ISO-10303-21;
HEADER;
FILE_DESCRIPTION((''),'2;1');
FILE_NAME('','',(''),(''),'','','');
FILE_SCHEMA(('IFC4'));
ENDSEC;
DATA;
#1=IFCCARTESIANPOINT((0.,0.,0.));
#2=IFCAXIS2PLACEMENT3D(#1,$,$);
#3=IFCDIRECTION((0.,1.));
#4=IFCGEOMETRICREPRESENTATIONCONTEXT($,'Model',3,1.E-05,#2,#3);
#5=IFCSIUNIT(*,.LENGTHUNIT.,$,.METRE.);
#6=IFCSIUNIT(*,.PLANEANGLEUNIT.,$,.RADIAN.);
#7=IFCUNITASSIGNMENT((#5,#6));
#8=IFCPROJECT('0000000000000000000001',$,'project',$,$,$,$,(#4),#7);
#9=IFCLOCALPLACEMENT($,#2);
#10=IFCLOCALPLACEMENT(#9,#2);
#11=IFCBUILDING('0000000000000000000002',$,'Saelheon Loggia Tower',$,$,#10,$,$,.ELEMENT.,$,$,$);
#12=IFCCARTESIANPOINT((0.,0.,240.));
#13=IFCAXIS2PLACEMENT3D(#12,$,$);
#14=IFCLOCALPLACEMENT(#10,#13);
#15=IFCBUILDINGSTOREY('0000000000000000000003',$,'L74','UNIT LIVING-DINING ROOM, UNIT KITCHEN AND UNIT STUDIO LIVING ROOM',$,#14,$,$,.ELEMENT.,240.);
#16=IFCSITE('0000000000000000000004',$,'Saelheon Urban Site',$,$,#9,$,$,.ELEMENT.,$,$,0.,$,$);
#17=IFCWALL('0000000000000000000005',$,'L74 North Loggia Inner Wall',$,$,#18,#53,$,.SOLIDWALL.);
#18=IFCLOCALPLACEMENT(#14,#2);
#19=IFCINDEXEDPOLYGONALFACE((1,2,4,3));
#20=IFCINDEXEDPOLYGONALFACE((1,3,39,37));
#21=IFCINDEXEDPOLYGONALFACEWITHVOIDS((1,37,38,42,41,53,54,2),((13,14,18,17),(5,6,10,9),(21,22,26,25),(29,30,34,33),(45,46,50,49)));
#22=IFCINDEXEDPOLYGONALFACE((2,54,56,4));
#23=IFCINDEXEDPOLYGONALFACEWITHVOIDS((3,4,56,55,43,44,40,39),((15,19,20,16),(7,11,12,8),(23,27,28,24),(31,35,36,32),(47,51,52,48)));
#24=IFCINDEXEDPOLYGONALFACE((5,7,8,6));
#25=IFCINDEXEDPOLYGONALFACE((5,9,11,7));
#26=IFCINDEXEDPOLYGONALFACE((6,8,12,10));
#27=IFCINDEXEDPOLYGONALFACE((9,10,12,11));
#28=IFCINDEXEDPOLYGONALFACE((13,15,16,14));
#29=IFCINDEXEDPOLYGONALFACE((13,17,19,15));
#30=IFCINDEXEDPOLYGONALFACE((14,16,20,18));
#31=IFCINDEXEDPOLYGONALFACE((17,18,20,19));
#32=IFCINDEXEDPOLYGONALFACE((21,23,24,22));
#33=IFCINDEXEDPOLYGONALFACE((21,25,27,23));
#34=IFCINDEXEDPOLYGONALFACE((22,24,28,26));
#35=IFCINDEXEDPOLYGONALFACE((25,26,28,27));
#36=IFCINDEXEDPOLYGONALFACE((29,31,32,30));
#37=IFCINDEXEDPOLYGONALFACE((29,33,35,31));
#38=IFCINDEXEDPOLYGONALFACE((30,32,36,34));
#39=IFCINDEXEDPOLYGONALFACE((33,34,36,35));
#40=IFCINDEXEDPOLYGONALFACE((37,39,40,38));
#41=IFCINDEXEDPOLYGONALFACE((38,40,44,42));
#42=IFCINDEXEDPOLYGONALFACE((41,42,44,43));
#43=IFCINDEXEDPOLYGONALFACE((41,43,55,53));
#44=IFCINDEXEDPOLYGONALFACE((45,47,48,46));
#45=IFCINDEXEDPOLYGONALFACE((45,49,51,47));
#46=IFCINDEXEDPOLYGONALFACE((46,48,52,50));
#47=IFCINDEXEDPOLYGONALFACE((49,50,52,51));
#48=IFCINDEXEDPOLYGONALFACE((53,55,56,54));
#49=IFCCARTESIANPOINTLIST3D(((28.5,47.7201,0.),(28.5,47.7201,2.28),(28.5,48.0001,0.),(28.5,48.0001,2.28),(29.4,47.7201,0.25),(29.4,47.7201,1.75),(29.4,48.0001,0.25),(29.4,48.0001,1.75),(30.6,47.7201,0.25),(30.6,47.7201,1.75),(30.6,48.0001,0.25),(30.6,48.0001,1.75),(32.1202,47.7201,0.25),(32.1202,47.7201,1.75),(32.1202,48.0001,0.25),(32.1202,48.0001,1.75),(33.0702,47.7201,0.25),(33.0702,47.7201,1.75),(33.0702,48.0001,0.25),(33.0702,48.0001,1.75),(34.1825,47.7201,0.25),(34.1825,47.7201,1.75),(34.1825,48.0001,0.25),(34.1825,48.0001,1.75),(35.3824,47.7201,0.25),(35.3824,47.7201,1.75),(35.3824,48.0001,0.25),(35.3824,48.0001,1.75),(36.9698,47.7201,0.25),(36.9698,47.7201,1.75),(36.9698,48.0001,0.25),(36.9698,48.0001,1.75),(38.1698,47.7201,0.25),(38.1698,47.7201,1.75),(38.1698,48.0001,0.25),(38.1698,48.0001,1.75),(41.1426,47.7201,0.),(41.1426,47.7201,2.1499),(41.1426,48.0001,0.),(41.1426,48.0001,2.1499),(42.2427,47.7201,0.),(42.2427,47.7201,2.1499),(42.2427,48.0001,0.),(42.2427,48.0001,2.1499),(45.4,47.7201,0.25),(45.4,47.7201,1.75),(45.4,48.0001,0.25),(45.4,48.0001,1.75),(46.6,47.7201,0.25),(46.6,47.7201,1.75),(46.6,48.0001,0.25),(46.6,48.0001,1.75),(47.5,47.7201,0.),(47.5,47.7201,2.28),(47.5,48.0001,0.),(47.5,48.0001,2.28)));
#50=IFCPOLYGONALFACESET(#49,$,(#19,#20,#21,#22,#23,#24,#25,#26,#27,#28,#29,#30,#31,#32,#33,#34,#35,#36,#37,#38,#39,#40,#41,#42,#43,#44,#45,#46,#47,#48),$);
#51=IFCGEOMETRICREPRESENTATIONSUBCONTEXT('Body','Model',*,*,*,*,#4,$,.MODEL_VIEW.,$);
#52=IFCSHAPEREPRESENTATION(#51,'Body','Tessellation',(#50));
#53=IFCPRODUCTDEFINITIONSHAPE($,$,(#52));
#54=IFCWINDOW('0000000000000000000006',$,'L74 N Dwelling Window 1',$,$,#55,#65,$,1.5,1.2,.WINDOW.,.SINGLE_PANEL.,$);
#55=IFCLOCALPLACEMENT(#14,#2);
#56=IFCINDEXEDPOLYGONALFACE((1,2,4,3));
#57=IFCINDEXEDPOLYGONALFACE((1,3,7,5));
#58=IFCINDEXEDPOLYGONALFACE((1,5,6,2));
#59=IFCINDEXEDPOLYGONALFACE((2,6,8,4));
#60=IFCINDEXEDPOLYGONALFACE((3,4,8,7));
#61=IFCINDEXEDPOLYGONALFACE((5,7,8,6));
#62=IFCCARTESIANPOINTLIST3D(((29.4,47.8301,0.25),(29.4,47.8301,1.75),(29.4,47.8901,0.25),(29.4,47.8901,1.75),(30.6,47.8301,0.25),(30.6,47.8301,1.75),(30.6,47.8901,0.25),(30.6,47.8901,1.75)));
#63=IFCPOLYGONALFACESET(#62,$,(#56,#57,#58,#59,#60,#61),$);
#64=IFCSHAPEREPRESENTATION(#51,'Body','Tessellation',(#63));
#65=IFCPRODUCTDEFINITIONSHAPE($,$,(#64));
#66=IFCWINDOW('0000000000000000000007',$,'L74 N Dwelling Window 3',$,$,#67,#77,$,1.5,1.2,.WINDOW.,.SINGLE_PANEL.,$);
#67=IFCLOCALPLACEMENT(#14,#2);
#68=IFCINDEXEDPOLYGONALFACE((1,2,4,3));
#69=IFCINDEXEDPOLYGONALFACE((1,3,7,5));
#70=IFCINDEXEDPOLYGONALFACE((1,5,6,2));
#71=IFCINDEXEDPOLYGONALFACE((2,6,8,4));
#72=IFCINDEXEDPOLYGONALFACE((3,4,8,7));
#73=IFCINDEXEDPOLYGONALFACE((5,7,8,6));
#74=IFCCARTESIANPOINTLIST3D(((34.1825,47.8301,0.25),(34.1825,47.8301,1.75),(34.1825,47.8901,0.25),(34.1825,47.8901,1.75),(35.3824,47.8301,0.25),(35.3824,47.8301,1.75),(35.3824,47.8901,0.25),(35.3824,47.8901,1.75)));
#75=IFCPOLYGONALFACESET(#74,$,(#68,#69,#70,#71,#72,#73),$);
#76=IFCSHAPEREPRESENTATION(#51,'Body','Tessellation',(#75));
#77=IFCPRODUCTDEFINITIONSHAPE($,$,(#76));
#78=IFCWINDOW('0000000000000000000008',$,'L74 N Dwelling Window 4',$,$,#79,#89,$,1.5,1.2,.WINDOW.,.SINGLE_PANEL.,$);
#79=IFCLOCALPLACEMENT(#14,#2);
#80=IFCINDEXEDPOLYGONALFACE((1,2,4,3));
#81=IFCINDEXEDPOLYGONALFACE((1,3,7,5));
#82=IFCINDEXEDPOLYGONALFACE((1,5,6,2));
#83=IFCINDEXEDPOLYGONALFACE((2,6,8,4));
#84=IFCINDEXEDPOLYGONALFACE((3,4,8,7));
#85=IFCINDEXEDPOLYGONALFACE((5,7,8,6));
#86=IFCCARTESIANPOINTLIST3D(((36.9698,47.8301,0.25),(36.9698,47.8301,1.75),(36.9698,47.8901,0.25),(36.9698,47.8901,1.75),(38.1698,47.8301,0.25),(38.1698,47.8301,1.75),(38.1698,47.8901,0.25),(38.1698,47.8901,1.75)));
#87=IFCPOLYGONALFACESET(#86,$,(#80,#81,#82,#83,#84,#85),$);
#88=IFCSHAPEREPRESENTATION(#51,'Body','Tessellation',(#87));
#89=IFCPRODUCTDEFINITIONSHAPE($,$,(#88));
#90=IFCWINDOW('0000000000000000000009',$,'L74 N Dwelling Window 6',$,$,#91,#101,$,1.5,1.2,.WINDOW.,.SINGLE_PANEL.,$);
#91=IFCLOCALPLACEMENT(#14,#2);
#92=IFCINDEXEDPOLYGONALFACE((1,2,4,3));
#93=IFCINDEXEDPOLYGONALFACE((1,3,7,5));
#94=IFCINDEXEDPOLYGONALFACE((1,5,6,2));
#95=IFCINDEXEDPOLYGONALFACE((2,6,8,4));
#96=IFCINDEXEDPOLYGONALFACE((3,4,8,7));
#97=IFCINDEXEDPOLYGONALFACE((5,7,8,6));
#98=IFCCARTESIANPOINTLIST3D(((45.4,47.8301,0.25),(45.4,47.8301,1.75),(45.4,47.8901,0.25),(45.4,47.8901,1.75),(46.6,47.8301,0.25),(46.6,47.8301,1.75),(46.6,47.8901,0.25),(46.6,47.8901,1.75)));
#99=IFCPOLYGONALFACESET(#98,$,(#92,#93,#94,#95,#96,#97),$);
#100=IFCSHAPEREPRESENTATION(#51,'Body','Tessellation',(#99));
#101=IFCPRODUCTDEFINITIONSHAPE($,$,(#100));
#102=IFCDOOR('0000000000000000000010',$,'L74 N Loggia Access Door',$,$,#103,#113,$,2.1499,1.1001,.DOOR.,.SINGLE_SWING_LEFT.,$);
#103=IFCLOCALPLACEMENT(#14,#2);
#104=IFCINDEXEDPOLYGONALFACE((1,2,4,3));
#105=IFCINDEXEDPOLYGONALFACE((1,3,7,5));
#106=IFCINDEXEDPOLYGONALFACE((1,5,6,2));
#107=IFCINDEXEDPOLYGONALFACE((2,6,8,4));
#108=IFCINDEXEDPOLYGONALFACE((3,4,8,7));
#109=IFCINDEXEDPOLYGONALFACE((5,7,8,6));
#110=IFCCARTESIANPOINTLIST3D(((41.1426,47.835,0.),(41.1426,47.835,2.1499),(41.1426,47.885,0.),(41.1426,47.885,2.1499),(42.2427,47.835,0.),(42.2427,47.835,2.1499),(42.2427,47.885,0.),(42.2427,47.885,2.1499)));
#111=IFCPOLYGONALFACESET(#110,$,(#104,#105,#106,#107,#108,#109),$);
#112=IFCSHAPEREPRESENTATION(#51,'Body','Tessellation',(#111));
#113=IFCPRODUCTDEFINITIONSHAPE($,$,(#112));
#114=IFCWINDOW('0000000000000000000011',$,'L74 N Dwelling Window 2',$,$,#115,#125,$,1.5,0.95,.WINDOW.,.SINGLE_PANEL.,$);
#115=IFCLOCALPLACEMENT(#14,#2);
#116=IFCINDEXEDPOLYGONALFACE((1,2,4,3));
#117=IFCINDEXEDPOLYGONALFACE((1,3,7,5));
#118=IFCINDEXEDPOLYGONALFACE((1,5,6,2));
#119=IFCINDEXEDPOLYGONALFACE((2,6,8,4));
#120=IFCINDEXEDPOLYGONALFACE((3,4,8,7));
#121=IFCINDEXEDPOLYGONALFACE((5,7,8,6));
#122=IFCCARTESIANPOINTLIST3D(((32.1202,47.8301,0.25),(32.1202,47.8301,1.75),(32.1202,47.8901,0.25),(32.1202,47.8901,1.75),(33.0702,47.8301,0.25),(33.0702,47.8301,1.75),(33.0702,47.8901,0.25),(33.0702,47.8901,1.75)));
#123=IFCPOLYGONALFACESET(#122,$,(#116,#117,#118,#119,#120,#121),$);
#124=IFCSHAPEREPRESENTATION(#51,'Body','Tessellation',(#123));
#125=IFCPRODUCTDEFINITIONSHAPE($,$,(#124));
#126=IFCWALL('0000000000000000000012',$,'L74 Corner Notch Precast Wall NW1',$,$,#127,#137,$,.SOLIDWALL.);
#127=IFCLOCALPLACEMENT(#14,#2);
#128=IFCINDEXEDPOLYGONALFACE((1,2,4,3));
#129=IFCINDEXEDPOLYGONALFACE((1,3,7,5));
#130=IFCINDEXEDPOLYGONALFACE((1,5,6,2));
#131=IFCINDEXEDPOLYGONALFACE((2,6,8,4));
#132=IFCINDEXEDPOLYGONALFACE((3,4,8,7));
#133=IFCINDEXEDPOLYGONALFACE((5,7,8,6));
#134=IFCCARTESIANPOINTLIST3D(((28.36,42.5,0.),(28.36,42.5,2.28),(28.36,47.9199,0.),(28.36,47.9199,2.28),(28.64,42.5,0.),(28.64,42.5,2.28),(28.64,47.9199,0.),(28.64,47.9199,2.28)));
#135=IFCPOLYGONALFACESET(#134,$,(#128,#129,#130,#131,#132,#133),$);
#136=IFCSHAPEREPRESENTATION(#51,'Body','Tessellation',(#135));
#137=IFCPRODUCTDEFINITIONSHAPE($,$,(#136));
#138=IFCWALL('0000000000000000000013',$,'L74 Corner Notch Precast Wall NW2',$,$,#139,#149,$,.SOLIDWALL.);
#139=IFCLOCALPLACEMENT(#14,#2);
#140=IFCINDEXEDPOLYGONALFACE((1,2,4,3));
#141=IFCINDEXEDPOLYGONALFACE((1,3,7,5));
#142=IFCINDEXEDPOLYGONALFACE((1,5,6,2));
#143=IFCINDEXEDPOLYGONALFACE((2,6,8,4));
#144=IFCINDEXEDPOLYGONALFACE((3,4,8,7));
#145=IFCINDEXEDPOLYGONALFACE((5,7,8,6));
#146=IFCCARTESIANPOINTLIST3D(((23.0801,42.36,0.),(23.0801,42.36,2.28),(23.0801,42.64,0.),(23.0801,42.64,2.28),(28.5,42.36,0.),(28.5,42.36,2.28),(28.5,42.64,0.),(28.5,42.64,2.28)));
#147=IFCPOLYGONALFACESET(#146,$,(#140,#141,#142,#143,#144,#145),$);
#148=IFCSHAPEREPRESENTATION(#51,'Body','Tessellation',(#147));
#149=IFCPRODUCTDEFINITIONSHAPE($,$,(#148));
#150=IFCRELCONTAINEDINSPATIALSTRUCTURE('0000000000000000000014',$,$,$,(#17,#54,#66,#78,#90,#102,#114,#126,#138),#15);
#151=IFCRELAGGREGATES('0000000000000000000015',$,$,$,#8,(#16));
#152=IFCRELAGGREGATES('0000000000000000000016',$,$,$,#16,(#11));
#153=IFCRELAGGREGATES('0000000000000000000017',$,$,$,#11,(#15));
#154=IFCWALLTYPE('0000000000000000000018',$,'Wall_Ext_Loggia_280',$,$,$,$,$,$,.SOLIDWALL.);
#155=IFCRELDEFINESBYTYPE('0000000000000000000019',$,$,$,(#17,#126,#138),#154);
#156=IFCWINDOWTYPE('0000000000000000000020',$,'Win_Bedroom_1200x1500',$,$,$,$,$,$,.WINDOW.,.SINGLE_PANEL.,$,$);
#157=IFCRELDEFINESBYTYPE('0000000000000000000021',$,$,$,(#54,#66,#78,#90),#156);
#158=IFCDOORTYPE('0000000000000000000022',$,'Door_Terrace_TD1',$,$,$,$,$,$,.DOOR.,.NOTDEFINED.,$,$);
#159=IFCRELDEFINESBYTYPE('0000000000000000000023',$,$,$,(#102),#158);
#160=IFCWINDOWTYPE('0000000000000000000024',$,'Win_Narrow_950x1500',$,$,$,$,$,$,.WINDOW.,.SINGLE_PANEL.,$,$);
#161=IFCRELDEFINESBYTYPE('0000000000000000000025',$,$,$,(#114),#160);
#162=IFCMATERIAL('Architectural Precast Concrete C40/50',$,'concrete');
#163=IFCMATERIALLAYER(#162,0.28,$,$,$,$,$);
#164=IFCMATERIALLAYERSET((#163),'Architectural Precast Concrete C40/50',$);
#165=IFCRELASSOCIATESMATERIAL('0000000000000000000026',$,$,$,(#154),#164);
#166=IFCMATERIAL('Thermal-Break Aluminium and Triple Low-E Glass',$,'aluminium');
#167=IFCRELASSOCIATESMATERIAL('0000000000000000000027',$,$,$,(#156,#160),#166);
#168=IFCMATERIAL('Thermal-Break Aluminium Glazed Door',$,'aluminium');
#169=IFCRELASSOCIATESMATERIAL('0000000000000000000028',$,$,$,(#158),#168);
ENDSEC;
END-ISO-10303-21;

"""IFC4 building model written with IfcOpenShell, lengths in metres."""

from ifc_helpers import new_model, si_unit, direction, frame, frame_2d, origin, place, context, subcontext, project, spatial, rectangle, extrude, source, transform, mapped, material, layer, layer_set, type_object, element, fill, save


model = new_model("IFC4")

# Units and contexts
model_context = context("Model", 3, precision=1e-05, world=origin(), true_north=direction((0.0, 1.0)))
body_context = subcontext(model_context, "Body", "Model", "MODEL_VIEW")
ifc_project = project(units=[si_unit("LENGTHUNIT", "METRE"), si_unit("PLANEANGLEUNIT", "RADIAN")], contexts=[model_context])

# Site, building, storey
site_placement = place(None, origin())
site = spatial("IfcSite", under=ifc_project, at=site_placement, Name="Saelheon Urban Site", CompositionType="ELEMENT", RefElevation=0.0)
building_placement = place(site_placement, origin())
building = spatial("IfcBuilding", under=site, at=building_placement, Name="Saelheon Loggia Tower", CompositionType="ELEMENT")
storey_placement = place(building_placement, frame((0.0, 0.0, 240.0)))
storey = spatial("IfcBuildingStorey", under=building, at=storey_placement, Name="L74", Description="UNIT LIVING-DINING ROOM, UNIT KITCHEN AND UNIT STUDIO LIVING ROOM", CompositionType="ELEMENT", Elevation=240.0)

# Wall, openings, windows, door
ifc_material_1 = material(Name="Architectural Precast Concrete C40/50", Category="concrete")
ifc_layer_1 = layer(ifc_material_1, 0.28)
ifc_layer_set_1 = layer_set([ifc_layer_1], Name="Architectural Precast Concrete C40/50")
wall_type_1 = type_object("IfcWallType", Name="Wall_Ext_Loggia_280", PredefinedType="SOLIDWALL", material=ifc_layer_set_1)
wall_1_placement = place(storey_placement, frame((28.5, 47.8601, 0.0), z_axis=(0.0, 0.0, 1.0), x_axis=(1.0, 0.0, 0.0)))
wall_1 = element("IfcWall", 1, at=wall_1_placement, inside=storey, type_object=wall_type_1, Name="L74 North Loggia Inner Wall", PredefinedType="SOLIDWALL", context=body_context, shape_type="SweptSolid", body=[
    extrude(rectangle(XDim=19.0, YDim=0.28, at=frame_2d((9.5, 0.0))), origin(), (0.0, 0.0, 1.0), 2.28),
])
opening_1_placement = place(wall_1_placement, frame((0.8999, 0.0, 0.25)))
opening_1 = element("IfcOpeningElement", 2, at=opening_1_placement, cuts=wall_1, PredefinedType="OPENING", context=body_context, shape_type="SweptSolid", body=[
    extrude(rectangle(XDim=1.2, YDim=1.5, at=frame_2d((0.6001, 0.75))), frame((0.0, 0.1521, 0.0), z_axis=(0.0, -1.0, 0.0), x_axis=(1.0, 0.0, 0.0)), (0.0, 0.0, 1.0), 0.304),
])
opening_2_placement = place(wall_1_placement, frame((3.6201, 0.0, 0.25)))
opening_2 = element("IfcOpeningElement", 3, at=opening_2_placement, cuts=wall_1, PredefinedType="OPENING", context=body_context, shape_type="SweptSolid", body=[
    extrude(rectangle(XDim=0.95, YDim=1.5, at=frame_2d((0.4751, 0.75))), frame((0.0, 0.1521, 0.0), z_axis=(0.0, -1.0, 0.0), x_axis=(1.0, 0.0, 0.0)), (0.0, 0.0, 1.0), 0.304),
])
opening_3_placement = place(wall_1_placement, frame((5.6824, 0.0, 0.25)))
opening_3 = element("IfcOpeningElement", 4, at=opening_3_placement, cuts=wall_1, PredefinedType="OPENING", context=body_context, shape_type="SweptSolid", body=[
    extrude(rectangle(XDim=1.2, YDim=1.5, at=frame_2d((0.6001, 0.75))), frame((0.0, 0.1521, 0.0), z_axis=(0.0, -1.0, 0.0), x_axis=(1.0, 0.0, 0.0)), (0.0, 0.0, 1.0), 0.304),
])
opening_4_placement = place(wall_1_placement, frame((8.4697, 0.0, 0.25)))
opening_4 = element("IfcOpeningElement", 5, at=opening_4_placement, cuts=wall_1, PredefinedType="OPENING", context=body_context, shape_type="SweptSolid", body=[
    extrude(rectangle(XDim=1.2, YDim=1.5, at=frame_2d((0.6001, 0.75))), frame((0.0, 0.1521, 0.0), z_axis=(0.0, -1.0, 0.0), x_axis=(1.0, 0.0, 0.0)), (0.0, 0.0, 1.0), 0.304),
])
opening_5_placement = place(wall_1_placement, frame((12.6426, 0.0, 0.0)))
opening_5 = element("IfcOpeningElement", 6, at=opening_5_placement, cuts=wall_1, PredefinedType="OPENING", context=body_context, shape_type="SweptSolid", body=[
    extrude(rectangle(XDim=1.1001, YDim=2.1499, at=frame_2d((0.55, 1.075))), frame((0.0, 0.1521, 0.0), z_axis=(0.0, -1.0, 0.0), x_axis=(1.0, 0.0, 0.0)), (0.0, 0.0, 1.0), 0.304),
])
opening_6_placement = place(wall_1_placement, frame((16.8999, 0.0, 0.25)))
opening_6 = element("IfcOpeningElement", 7, at=opening_6_placement, cuts=wall_1, PredefinedType="OPENING", context=body_context, shape_type="SweptSolid", body=[
    extrude(rectangle(XDim=1.2, YDim=1.5, at=frame_2d((0.6001, 0.75))), frame((0.0, 0.1521, 0.0), z_axis=(0.0, -1.0, 0.0), x_axis=(1.0, 0.0, 0.0)), (0.0, 0.0, 1.0), 0.304),
])
ifc_material_2 = material(Name="Thermal-Break Aluminium and Triple Low-E Glass", Category="aluminium")
window_type_1 = type_object("IfcWindowType", Name="Win_Bedroom_1200x1500", PartitioningType="SINGLE_PANEL", PredefinedType="WINDOW", material=ifc_material_2)
shared_shape_1 = source(origin(), body_context, "Body", "SweptSolid", [
    extrude(rectangle(XDim=1.2, YDim=1.5, at=frame_2d((0.6001, 0.75))), frame((0.0, 0.03, 0.0), z_axis=(0.0, -1.0, 0.0), x_axis=(1.0, 0.0, 0.0)), (0.0, 0.0, 1.0), 0.0601),
])
window_1_placement = place(opening_1_placement, origin())
window_1 = element("IfcWindow", 8, at=window_1_placement, inside=storey, type_object=window_type_1, Name="L74 N Dwelling Window 1", OverallHeight=1.5, OverallWidth=1.2, PartitioningType="SINGLE_PANEL", PredefinedType="WINDOW", context=body_context, shape_type="MappedRepresentation", body=[
    mapped(shared_shape_1, transform((0.0, 0.0, 0.0), scale=1.0)),
])
fill(opening_1, window_1)
window_2_placement = place(opening_3_placement, origin())
window_2 = element("IfcWindow", 9, at=window_2_placement, inside=storey, type_object=window_type_1, Name="L74 N Dwelling Window 3", OverallHeight=1.5, OverallWidth=1.2, PartitioningType="SINGLE_PANEL", PredefinedType="WINDOW", context=body_context, shape_type="MappedRepresentation", body=[
    mapped(shared_shape_1, transform((0.0, 0.0, 0.0), scale=1.0)),
])
fill(opening_3, window_2)
window_3_placement = place(opening_4_placement, origin())
window_3 = element("IfcWindow", 10, at=window_3_placement, inside=storey, type_object=window_type_1, Name="L74 N Dwelling Window 4", OverallHeight=1.5, OverallWidth=1.2, PartitioningType="SINGLE_PANEL", PredefinedType="WINDOW", context=body_context, shape_type="MappedRepresentation", body=[
    mapped(shared_shape_1, transform((0.0, 0.0, 0.0), scale=1.0)),
])
fill(opening_4, window_3)
window_4_placement = place(opening_6_placement, origin())
window_4 = element("IfcWindow", 11, at=window_4_placement, inside=storey, type_object=window_type_1, Name="L74 N Dwelling Window 6", OverallHeight=1.5, OverallWidth=1.2, PartitioningType="SINGLE_PANEL", PredefinedType="WINDOW", context=body_context, shape_type="MappedRepresentation", body=[
    mapped(shared_shape_1, transform((0.0, 0.0, 0.0), scale=1.0)),
])
fill(opening_6, window_4)
ifc_material_3 = material(Name="Thermal-Break Aluminium Glazed Door", Category="aluminium")
door_type_1 = type_object("IfcDoorType", Name="Door_Terrace_TD1", OperationType="NOTDEFINED", PredefinedType="DOOR", material=ifc_material_3)
shared_shape_2 = source(origin(), body_context, "Body", "SweptSolid", [
    extrude(rectangle(XDim=1.1001, YDim=2.1499, at=frame_2d((0.55, 1.075))), frame((0.0, 0.0249, 0.0), z_axis=(0.0, -1.0, 0.0), x_axis=(1.0, 0.0, 0.0)), (0.0, 0.0, 1.0), 0.05),
])
door_1_placement = place(opening_5_placement, origin())
door_1 = element("IfcDoor", 12, at=door_1_placement, inside=storey, type_object=door_type_1, Name="L74 N Loggia Access Door", OperationType="SINGLE_SWING_LEFT", OverallHeight=2.1499, OverallWidth=1.1001, PredefinedType="DOOR", context=body_context, shape_type="MappedRepresentation", body=[
    mapped(shared_shape_2, transform((0.0, 0.0, 0.0), scale=1.0)),
])
fill(opening_5, door_1)
window_type_2 = type_object("IfcWindowType", Name="Win_Narrow_950x1500", PartitioningType="SINGLE_PANEL", PredefinedType="WINDOW", material=ifc_material_2)
shared_shape_3 = source(origin(), body_context, "Body", "SweptSolid", [
    extrude(rectangle(XDim=0.95, YDim=1.5, at=frame_2d((0.4751, 0.75))), frame((0.0, 0.03, 0.0), z_axis=(0.0, -1.0, 0.0), x_axis=(1.0, 0.0, 0.0)), (0.0, 0.0, 1.0), 0.0601),
])
window_5_placement = place(opening_2_placement, origin())
window_5 = element("IfcWindow", 13, at=window_5_placement, inside=storey, type_object=window_type_2, Name="L74 N Dwelling Window 2", OverallHeight=1.5, OverallWidth=0.95, PartitioningType="SINGLE_PANEL", PredefinedType="WINDOW", context=body_context, shape_type="MappedRepresentation", body=[
    mapped(shared_shape_3, transform((0.0, 0.0, 0.0), scale=1.0)),
])
fill(opening_2, window_5)

# Walls
for number, where, z_axis, x_axis, name in (
    (14, (28.5, 42.5, 0.0), (0.0, 0.0, 1.0), (0.0, 1.0, 0.0), "L74 Corner Notch Precast Wall NW1"),
    (15, (23.0801, 42.5, 0.0), (0.0, 0.0, 1.0), (1.0, 0.0, 0.0), "L74 Corner Notch Precast Wall NW2"),
):
    element("IfcWall", number, at=place(storey_placement, frame(where, z_axis=z_axis, x_axis=x_axis)), inside=storey, type_object=wall_type_1, Name=name, PredefinedType="SOLIDWALL", context=body_context, shape_type="SweptSolid", body=[
        extrude(rectangle(XDim=5.4199, YDim=0.28, at=frame_2d((2.71, 0.0))), origin(), (0.0, 0.0, 1.0), 2.28),
    ])

save(model, "model.ifc")
